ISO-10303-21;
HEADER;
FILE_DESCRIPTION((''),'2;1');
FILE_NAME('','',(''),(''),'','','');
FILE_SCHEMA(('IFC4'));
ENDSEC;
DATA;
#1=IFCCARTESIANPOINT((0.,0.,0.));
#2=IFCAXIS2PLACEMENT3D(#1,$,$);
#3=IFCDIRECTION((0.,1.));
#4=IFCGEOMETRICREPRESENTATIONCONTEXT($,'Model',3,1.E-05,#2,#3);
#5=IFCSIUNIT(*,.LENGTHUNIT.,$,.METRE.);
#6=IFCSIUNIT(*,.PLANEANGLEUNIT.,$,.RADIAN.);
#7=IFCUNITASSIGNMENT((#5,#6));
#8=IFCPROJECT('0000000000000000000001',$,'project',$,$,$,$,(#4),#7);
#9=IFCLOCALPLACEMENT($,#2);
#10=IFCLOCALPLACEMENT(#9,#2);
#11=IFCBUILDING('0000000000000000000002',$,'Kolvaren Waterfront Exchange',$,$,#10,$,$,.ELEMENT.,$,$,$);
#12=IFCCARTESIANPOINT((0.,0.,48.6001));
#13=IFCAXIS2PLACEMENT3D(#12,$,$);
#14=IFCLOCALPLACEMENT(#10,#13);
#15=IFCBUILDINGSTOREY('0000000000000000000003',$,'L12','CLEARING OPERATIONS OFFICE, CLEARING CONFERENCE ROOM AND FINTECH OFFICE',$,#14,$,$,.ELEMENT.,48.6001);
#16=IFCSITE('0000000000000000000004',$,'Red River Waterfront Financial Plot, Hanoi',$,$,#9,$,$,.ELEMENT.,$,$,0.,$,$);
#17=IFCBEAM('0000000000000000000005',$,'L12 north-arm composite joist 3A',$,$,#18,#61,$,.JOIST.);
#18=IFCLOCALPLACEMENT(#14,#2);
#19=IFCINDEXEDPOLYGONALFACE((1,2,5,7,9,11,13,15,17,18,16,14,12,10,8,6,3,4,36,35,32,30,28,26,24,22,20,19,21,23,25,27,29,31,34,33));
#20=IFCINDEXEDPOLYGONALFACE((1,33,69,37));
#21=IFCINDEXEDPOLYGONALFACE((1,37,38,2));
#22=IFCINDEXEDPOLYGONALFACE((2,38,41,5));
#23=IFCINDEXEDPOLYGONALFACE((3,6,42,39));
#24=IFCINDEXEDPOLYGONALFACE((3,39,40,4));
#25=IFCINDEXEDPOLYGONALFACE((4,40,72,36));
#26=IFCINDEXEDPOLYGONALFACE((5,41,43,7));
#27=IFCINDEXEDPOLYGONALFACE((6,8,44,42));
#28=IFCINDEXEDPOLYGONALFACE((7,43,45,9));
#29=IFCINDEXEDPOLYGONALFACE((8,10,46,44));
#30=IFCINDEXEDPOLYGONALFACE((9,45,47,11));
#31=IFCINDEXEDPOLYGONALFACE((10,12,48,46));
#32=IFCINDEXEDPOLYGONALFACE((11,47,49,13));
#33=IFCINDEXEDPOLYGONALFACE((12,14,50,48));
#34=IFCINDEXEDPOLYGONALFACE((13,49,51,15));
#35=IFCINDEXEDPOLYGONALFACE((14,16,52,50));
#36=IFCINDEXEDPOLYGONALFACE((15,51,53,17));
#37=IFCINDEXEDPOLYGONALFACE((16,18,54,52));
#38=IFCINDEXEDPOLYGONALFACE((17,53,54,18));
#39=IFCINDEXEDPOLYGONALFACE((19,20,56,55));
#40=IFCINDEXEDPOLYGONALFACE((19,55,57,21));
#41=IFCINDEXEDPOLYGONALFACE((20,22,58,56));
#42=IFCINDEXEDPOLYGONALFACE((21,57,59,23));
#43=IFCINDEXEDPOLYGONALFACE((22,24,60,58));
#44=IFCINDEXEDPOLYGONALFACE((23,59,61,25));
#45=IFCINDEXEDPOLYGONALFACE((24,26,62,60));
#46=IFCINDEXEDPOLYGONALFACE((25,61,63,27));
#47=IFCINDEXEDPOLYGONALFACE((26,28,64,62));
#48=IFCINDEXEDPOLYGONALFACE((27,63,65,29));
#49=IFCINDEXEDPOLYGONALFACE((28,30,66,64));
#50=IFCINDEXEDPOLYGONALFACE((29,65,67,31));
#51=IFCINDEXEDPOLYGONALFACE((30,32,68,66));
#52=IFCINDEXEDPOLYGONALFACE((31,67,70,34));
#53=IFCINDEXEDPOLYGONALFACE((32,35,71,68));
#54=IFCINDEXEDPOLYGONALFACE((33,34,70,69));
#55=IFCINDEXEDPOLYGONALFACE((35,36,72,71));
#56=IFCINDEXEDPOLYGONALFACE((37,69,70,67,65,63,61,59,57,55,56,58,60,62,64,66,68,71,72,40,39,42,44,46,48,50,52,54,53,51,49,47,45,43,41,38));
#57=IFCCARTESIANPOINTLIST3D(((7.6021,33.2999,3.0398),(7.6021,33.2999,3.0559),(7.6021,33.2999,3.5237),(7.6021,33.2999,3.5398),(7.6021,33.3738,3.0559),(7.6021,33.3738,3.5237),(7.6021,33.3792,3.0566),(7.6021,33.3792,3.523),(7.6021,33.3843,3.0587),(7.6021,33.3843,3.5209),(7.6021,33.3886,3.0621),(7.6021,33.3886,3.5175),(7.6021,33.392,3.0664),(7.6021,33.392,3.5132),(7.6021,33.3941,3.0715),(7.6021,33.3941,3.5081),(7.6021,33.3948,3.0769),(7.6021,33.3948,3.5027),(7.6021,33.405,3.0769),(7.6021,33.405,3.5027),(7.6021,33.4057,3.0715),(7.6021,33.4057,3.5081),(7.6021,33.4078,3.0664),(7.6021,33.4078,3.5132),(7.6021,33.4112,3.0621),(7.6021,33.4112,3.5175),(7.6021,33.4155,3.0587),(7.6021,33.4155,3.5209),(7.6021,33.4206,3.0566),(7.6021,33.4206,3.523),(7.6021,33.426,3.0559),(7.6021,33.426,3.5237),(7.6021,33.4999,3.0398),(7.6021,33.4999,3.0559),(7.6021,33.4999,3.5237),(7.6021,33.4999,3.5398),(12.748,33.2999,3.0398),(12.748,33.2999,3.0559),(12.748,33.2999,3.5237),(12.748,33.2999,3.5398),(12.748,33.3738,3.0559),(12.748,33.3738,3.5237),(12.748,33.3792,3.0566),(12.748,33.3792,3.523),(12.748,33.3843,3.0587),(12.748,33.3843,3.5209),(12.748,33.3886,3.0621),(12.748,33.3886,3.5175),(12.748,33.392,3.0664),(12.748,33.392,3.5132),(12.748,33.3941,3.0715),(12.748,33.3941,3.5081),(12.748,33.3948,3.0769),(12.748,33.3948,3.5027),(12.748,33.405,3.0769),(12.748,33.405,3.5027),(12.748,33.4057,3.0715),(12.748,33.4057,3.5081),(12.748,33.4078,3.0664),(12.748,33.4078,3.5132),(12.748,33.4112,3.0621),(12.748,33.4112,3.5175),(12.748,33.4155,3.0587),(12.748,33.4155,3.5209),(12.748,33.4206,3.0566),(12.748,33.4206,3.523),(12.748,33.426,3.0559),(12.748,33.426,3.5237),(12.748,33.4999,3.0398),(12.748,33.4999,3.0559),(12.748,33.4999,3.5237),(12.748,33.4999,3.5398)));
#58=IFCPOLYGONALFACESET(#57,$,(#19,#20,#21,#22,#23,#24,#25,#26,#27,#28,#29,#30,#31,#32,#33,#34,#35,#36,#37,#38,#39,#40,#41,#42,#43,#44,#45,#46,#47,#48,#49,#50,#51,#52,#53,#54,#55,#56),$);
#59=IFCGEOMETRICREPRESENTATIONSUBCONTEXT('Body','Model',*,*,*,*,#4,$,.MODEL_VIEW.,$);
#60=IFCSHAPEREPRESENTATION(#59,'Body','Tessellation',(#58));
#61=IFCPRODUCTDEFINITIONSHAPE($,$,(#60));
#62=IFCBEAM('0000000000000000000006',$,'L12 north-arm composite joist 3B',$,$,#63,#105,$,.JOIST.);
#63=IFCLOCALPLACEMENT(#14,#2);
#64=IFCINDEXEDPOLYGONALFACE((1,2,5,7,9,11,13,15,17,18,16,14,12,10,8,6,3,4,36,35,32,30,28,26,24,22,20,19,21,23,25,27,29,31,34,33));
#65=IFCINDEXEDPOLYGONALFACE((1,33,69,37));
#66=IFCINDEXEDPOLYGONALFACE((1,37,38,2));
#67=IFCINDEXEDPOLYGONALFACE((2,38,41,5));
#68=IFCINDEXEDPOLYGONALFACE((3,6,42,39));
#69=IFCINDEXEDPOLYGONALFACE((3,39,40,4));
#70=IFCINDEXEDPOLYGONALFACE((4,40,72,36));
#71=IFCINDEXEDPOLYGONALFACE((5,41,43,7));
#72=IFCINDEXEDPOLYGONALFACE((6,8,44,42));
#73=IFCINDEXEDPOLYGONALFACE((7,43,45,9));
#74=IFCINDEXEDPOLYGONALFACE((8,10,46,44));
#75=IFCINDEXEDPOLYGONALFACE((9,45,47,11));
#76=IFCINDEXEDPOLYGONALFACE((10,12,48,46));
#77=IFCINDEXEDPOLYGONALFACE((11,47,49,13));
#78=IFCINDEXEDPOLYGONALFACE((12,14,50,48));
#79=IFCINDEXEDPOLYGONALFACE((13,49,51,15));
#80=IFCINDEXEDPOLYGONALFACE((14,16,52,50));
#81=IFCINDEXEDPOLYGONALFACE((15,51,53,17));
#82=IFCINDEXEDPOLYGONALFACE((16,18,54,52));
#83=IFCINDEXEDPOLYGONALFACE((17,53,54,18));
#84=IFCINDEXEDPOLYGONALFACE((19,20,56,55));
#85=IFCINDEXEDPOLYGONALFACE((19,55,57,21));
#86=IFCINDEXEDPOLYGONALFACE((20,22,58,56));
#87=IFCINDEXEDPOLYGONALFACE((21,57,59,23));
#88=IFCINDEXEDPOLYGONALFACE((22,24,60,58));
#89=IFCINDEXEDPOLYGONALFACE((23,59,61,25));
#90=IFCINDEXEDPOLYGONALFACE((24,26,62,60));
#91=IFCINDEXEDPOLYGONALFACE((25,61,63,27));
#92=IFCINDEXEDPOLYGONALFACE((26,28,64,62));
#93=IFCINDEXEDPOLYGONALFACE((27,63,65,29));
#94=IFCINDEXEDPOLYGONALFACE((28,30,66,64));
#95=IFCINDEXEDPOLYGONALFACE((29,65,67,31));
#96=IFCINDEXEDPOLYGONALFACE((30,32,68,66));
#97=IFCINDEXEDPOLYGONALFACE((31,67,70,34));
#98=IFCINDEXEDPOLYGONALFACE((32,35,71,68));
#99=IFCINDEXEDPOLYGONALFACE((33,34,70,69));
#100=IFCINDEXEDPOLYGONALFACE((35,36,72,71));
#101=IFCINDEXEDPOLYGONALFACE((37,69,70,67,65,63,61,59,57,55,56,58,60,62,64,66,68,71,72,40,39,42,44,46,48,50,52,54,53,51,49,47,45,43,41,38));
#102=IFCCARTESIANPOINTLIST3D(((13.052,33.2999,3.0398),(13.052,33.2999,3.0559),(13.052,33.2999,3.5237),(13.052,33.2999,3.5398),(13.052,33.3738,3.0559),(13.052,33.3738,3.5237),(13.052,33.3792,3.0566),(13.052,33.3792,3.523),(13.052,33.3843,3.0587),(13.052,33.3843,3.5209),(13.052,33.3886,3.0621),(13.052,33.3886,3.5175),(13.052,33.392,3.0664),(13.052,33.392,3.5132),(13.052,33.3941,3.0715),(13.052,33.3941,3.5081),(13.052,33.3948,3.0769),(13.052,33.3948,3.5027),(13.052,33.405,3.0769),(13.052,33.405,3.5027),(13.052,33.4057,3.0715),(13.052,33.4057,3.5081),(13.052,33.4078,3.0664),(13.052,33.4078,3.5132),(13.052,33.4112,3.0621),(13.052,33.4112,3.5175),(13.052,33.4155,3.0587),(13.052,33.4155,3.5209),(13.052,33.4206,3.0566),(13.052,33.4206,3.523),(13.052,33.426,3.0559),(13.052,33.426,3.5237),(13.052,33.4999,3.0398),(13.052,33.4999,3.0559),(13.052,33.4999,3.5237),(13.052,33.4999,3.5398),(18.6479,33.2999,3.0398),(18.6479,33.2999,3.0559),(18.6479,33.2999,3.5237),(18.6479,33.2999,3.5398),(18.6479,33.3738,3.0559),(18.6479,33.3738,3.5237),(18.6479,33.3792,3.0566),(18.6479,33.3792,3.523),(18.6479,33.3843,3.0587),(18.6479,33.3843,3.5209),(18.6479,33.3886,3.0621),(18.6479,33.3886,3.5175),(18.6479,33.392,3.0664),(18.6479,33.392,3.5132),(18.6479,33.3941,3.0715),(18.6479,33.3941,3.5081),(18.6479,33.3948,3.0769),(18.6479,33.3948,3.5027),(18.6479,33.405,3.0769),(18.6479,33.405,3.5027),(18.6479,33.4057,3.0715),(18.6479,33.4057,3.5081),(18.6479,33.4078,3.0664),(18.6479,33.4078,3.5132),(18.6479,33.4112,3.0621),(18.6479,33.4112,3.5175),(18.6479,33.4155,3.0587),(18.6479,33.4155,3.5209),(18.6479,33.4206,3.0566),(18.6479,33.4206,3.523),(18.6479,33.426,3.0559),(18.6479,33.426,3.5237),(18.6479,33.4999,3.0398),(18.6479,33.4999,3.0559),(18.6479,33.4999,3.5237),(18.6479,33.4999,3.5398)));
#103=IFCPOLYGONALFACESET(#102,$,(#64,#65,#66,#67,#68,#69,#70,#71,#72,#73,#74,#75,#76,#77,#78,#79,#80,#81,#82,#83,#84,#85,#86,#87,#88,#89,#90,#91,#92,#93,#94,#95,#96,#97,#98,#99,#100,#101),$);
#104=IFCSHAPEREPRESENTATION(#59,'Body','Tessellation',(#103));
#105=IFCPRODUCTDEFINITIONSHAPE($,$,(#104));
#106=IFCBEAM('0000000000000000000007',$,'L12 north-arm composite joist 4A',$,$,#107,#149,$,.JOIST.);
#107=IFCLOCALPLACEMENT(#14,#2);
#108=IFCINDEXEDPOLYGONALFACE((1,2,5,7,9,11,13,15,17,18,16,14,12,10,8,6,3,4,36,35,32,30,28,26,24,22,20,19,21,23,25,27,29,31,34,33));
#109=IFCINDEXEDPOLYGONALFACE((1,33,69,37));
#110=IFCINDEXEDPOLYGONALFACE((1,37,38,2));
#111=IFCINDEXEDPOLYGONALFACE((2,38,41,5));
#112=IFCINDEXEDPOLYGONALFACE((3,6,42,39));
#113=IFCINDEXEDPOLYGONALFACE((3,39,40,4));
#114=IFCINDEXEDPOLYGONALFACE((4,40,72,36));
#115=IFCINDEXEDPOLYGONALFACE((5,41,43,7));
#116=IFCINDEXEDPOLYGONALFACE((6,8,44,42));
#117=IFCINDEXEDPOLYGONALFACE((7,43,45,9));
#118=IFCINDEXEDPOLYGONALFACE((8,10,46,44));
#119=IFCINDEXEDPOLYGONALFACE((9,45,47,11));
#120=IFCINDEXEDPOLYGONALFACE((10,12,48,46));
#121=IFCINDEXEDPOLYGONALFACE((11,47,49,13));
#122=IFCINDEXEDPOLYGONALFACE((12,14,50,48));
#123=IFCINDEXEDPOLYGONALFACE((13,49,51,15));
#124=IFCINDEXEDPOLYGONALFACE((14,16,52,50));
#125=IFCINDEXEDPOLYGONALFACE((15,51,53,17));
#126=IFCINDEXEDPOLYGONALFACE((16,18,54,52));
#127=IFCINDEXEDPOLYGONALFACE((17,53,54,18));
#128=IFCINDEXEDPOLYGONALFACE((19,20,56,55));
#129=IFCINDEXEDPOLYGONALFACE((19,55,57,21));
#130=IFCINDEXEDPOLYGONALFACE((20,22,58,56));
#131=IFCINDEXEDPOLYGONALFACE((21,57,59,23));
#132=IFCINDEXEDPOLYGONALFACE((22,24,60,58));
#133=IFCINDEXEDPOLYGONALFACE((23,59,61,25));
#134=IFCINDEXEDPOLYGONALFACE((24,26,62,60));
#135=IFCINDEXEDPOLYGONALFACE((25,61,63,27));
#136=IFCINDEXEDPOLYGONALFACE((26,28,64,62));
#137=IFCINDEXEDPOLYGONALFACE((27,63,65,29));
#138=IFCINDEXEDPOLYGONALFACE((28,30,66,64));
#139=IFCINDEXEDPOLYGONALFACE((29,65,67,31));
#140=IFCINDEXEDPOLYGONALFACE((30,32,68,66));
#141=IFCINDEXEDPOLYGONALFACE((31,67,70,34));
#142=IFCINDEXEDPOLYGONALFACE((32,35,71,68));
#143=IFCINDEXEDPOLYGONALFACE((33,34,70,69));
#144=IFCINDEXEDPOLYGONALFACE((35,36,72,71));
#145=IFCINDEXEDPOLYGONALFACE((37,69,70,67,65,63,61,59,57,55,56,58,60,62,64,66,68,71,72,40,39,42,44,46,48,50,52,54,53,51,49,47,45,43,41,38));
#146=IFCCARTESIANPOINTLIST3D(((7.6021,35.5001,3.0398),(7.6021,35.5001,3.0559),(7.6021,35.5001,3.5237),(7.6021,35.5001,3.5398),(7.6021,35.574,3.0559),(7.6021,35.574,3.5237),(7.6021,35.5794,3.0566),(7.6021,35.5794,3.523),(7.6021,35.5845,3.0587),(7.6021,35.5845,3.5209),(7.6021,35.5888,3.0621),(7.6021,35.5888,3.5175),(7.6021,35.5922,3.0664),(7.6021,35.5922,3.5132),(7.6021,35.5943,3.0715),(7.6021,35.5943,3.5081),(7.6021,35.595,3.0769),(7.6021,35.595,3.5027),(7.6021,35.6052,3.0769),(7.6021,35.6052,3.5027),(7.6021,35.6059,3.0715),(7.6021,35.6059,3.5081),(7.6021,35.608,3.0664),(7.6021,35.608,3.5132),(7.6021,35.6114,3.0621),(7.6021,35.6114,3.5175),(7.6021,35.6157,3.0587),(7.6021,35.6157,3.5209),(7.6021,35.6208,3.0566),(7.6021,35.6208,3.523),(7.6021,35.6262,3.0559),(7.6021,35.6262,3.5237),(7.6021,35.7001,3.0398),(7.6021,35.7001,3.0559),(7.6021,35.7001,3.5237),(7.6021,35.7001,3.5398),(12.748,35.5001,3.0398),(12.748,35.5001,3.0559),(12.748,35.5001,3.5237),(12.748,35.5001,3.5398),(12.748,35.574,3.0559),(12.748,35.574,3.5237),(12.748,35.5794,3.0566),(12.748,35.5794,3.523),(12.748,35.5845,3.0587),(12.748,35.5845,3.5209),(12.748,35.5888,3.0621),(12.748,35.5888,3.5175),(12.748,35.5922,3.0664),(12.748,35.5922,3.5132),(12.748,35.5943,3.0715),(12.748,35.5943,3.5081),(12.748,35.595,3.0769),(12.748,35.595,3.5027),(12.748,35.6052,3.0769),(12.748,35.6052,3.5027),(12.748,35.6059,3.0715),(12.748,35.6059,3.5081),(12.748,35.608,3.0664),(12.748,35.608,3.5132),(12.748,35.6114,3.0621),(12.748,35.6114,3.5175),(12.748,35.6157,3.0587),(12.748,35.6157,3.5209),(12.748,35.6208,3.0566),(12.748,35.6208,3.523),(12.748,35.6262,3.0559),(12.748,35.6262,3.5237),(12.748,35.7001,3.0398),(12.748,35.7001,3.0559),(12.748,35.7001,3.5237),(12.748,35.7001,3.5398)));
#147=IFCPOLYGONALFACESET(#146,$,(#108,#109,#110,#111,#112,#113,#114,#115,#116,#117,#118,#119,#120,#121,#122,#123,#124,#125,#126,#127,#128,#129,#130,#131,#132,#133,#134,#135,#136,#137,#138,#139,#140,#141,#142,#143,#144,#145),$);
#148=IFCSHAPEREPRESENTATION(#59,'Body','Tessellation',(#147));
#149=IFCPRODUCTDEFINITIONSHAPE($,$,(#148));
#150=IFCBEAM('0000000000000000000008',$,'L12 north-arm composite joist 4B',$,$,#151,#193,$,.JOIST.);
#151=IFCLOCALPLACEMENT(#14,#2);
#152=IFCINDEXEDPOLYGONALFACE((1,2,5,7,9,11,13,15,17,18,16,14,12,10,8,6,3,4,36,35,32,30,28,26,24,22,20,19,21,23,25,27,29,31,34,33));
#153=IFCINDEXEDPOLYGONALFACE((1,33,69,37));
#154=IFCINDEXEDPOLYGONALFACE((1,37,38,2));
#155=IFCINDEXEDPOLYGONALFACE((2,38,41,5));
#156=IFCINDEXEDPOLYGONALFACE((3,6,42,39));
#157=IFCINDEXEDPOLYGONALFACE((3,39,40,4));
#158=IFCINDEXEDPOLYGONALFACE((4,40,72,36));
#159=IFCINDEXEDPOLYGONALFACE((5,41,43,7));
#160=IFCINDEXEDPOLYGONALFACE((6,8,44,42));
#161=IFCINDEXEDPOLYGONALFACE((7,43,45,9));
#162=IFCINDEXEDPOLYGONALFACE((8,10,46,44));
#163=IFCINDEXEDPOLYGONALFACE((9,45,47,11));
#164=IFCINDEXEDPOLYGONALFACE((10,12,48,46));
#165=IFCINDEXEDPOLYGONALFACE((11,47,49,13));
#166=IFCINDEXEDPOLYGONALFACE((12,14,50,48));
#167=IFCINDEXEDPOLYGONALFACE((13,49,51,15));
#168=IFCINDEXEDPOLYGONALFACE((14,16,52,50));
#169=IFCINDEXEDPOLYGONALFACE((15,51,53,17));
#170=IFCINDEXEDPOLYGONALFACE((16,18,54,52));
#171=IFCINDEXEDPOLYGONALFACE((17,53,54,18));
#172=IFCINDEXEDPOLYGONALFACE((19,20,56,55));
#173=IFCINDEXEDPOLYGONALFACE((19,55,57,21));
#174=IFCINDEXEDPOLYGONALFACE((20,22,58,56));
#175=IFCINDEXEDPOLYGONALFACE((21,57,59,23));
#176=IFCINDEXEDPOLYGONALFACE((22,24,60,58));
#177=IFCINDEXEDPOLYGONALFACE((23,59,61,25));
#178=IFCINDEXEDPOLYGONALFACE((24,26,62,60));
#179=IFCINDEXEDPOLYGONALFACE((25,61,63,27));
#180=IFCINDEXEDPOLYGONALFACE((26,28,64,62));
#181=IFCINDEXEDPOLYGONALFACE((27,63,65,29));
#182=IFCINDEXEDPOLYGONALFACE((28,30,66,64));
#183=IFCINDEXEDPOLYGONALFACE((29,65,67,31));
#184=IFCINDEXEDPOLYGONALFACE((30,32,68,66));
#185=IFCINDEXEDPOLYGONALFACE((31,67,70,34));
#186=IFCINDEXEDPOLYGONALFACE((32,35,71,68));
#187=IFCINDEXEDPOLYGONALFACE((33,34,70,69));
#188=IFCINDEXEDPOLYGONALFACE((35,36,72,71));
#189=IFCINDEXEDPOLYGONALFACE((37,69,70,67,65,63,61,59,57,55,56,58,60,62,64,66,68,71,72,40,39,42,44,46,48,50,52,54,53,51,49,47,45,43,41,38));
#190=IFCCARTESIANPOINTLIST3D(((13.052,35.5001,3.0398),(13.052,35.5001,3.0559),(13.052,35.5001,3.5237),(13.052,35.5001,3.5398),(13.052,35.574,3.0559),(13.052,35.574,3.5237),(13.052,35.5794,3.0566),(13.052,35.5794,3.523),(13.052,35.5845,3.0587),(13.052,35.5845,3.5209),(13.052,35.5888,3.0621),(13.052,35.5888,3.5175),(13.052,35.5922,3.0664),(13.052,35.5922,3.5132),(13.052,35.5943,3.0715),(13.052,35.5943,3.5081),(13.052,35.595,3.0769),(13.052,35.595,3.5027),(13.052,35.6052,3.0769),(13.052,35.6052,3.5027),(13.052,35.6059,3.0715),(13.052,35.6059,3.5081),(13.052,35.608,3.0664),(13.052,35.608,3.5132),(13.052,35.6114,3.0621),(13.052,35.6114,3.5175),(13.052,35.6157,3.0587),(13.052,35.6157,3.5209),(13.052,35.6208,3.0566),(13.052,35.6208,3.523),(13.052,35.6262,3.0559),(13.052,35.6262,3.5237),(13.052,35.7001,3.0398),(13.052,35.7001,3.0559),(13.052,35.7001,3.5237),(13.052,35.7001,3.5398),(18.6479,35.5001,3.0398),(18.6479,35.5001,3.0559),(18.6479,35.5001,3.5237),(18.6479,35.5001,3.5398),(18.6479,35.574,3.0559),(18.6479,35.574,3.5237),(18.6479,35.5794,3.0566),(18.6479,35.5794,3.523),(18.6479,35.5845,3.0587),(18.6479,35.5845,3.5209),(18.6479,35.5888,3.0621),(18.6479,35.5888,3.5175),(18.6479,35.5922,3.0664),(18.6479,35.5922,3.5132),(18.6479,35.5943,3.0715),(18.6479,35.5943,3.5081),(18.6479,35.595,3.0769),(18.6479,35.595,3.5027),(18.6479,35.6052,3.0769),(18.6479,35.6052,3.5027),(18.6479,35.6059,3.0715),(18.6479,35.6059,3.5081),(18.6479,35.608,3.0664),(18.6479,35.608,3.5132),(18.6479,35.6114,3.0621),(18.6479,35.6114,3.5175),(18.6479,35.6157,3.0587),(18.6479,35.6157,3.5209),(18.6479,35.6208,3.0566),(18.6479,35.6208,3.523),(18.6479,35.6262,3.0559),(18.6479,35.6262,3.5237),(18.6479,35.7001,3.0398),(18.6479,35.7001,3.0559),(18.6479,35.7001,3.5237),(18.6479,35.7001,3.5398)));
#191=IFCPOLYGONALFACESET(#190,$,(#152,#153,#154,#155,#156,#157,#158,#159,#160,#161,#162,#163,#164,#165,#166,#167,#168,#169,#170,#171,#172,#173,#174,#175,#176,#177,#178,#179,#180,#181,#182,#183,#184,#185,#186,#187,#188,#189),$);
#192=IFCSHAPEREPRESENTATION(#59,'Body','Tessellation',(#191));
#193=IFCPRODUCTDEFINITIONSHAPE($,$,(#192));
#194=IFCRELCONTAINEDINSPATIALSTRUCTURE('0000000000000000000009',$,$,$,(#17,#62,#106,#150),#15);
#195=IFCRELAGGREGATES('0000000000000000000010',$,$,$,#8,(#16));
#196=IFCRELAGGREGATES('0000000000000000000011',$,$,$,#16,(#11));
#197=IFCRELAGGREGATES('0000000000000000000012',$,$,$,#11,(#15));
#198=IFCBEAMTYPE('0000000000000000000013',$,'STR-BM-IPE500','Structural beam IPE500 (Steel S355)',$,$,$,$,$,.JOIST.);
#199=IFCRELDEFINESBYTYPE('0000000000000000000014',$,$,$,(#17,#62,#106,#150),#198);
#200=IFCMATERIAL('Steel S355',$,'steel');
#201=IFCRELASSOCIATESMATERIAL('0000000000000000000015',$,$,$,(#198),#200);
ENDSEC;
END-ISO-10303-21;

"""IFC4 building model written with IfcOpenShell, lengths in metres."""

from ifc_helpers import new_model, si_unit, direction, frame, origin, origin_2d, place, context, subcontext, project, spatial, i_section, extrude, material, material_profile, profile_set, type_object, element, save


model = new_model("IFC4")

# Units and contexts
model_context = context("Model", 3, precision=1e-05, world=origin(), true_north=direction((0.0, 1.0)))
body_context = subcontext(model_context, "Body", "Model", "MODEL_VIEW")
ifc_project = project(units=[si_unit("LENGTHUNIT", "METRE"), si_unit("PLANEANGLEUNIT", "RADIAN")], contexts=[model_context])

# Site, building, storey
site_placement = place(None, origin())
site = spatial("IfcSite", under=ifc_project, at=site_placement, Name="Red River Waterfront Financial Plot, Hanoi", CompositionType="ELEMENT", RefElevation=0.0)
building_placement = place(site_placement, origin())
building = spatial("IfcBuilding", under=site, at=building_placement, Name="Kolvaren Waterfront Exchange", CompositionType="ELEMENT")
storey_placement = place(building_placement, frame((0.0, 0.0, 48.6001)))
storey = spatial("IfcBuildingStorey", under=building, at=storey_placement, Name="L12", Description="CLEARING OPERATIONS OFFICE, CLEARING CONFERENCE ROOM AND FINTECH OFFICE", CompositionType="ELEMENT", Elevation=48.6001)

# Beams
ifc_material_1 = material(Name="Steel S355", Category="steel")
ifc_material_profile_1 = material_profile(ifc_material_1, i_section(OverallWidth=0.2, OverallDepth=0.5, WebThickness=0.0103, FlangeThickness=0.0161, FilletRadius=0.021, at=origin_2d()), Name="IPE500")
ifc_profile_set_1 = profile_set([ifc_material_profile_1], Name="Steel S355")
beam_type_1 = type_object("IfcBeamType", Name="STR-BM-IPE500", Description="Structural beam IPE500 (Steel S355)", PredefinedType="JOIST", material=ifc_profile_set_1)
beam_1_placement = place(storey_placement, frame((7.6021, 33.3999, 3.2898), z_axis=(1.0, 0.0, 0.0), x_axis=(0.0, 1.0, 0.0)))
element("IfcBeam", 1, at=beam_1_placement, inside=storey, type_object=beam_type_1, Name="L12 north-arm composite joist 3A", PredefinedType="JOIST", context=body_context, shape_type="SweptSolid", body=[
    extrude(i_section(OverallWidth=0.2, OverallDepth=0.5, WebThickness=0.0103, FlangeThickness=0.0161, FilletRadius=0.021, at=origin_2d()), origin(), (0.0, 0.0, 1.0), 5.146),
])
beam_2_placement = place(storey_placement, frame((13.052, 33.3999, 3.2898), z_axis=(1.0, 0.0, 0.0), x_axis=(0.0, 1.0, 0.0)))
element("IfcBeam", 2, at=beam_2_placement, inside=storey, type_object=beam_type_1, Name="L12 north-arm composite joist 3B", PredefinedType="JOIST", context=body_context, shape_type="SweptSolid", body=[
    extrude(i_section(OverallWidth=0.2, OverallDepth=0.5, WebThickness=0.0103, FlangeThickness=0.0161, FilletRadius=0.021, at=origin_2d()), origin(), (0.0, 0.0, 1.0), 5.5959),
])
beam_3_placement = place(storey_placement, frame((7.6021, 35.6001, 3.2898), z_axis=(1.0, 0.0, 0.0), x_axis=(0.0, 1.0, 0.0)))
element("IfcBeam", 3, at=beam_3_placement, inside=storey, type_object=beam_type_1, Name="L12 north-arm composite joist 4A", PredefinedType="JOIST", context=body_context, shape_type="SweptSolid", body=[
    extrude(i_section(OverallWidth=0.2, OverallDepth=0.5, WebThickness=0.0103, FlangeThickness=0.0161, FilletRadius=0.021, at=origin_2d()), origin(), (0.0, 0.0, 1.0), 5.146),
])
beam_4_placement = place(storey_placement, frame((13.052, 35.6001, 3.2898), z_axis=(1.0, 0.0, 0.0), x_axis=(0.0, 1.0, 0.0)))
element("IfcBeam", 4, at=beam_4_placement, inside=storey, type_object=beam_type_1, Name="L12 north-arm composite joist 4B", PredefinedType="JOIST", context=body_context, shape_type="SweptSolid", body=[
    extrude(i_section(OverallWidth=0.2, OverallDepth=0.5, WebThickness=0.0103, FlangeThickness=0.0161, FilletRadius=0.021, at=origin_2d()), origin(), (0.0, 0.0, 1.0), 5.5959),
])

save(model, "model.ifc")
